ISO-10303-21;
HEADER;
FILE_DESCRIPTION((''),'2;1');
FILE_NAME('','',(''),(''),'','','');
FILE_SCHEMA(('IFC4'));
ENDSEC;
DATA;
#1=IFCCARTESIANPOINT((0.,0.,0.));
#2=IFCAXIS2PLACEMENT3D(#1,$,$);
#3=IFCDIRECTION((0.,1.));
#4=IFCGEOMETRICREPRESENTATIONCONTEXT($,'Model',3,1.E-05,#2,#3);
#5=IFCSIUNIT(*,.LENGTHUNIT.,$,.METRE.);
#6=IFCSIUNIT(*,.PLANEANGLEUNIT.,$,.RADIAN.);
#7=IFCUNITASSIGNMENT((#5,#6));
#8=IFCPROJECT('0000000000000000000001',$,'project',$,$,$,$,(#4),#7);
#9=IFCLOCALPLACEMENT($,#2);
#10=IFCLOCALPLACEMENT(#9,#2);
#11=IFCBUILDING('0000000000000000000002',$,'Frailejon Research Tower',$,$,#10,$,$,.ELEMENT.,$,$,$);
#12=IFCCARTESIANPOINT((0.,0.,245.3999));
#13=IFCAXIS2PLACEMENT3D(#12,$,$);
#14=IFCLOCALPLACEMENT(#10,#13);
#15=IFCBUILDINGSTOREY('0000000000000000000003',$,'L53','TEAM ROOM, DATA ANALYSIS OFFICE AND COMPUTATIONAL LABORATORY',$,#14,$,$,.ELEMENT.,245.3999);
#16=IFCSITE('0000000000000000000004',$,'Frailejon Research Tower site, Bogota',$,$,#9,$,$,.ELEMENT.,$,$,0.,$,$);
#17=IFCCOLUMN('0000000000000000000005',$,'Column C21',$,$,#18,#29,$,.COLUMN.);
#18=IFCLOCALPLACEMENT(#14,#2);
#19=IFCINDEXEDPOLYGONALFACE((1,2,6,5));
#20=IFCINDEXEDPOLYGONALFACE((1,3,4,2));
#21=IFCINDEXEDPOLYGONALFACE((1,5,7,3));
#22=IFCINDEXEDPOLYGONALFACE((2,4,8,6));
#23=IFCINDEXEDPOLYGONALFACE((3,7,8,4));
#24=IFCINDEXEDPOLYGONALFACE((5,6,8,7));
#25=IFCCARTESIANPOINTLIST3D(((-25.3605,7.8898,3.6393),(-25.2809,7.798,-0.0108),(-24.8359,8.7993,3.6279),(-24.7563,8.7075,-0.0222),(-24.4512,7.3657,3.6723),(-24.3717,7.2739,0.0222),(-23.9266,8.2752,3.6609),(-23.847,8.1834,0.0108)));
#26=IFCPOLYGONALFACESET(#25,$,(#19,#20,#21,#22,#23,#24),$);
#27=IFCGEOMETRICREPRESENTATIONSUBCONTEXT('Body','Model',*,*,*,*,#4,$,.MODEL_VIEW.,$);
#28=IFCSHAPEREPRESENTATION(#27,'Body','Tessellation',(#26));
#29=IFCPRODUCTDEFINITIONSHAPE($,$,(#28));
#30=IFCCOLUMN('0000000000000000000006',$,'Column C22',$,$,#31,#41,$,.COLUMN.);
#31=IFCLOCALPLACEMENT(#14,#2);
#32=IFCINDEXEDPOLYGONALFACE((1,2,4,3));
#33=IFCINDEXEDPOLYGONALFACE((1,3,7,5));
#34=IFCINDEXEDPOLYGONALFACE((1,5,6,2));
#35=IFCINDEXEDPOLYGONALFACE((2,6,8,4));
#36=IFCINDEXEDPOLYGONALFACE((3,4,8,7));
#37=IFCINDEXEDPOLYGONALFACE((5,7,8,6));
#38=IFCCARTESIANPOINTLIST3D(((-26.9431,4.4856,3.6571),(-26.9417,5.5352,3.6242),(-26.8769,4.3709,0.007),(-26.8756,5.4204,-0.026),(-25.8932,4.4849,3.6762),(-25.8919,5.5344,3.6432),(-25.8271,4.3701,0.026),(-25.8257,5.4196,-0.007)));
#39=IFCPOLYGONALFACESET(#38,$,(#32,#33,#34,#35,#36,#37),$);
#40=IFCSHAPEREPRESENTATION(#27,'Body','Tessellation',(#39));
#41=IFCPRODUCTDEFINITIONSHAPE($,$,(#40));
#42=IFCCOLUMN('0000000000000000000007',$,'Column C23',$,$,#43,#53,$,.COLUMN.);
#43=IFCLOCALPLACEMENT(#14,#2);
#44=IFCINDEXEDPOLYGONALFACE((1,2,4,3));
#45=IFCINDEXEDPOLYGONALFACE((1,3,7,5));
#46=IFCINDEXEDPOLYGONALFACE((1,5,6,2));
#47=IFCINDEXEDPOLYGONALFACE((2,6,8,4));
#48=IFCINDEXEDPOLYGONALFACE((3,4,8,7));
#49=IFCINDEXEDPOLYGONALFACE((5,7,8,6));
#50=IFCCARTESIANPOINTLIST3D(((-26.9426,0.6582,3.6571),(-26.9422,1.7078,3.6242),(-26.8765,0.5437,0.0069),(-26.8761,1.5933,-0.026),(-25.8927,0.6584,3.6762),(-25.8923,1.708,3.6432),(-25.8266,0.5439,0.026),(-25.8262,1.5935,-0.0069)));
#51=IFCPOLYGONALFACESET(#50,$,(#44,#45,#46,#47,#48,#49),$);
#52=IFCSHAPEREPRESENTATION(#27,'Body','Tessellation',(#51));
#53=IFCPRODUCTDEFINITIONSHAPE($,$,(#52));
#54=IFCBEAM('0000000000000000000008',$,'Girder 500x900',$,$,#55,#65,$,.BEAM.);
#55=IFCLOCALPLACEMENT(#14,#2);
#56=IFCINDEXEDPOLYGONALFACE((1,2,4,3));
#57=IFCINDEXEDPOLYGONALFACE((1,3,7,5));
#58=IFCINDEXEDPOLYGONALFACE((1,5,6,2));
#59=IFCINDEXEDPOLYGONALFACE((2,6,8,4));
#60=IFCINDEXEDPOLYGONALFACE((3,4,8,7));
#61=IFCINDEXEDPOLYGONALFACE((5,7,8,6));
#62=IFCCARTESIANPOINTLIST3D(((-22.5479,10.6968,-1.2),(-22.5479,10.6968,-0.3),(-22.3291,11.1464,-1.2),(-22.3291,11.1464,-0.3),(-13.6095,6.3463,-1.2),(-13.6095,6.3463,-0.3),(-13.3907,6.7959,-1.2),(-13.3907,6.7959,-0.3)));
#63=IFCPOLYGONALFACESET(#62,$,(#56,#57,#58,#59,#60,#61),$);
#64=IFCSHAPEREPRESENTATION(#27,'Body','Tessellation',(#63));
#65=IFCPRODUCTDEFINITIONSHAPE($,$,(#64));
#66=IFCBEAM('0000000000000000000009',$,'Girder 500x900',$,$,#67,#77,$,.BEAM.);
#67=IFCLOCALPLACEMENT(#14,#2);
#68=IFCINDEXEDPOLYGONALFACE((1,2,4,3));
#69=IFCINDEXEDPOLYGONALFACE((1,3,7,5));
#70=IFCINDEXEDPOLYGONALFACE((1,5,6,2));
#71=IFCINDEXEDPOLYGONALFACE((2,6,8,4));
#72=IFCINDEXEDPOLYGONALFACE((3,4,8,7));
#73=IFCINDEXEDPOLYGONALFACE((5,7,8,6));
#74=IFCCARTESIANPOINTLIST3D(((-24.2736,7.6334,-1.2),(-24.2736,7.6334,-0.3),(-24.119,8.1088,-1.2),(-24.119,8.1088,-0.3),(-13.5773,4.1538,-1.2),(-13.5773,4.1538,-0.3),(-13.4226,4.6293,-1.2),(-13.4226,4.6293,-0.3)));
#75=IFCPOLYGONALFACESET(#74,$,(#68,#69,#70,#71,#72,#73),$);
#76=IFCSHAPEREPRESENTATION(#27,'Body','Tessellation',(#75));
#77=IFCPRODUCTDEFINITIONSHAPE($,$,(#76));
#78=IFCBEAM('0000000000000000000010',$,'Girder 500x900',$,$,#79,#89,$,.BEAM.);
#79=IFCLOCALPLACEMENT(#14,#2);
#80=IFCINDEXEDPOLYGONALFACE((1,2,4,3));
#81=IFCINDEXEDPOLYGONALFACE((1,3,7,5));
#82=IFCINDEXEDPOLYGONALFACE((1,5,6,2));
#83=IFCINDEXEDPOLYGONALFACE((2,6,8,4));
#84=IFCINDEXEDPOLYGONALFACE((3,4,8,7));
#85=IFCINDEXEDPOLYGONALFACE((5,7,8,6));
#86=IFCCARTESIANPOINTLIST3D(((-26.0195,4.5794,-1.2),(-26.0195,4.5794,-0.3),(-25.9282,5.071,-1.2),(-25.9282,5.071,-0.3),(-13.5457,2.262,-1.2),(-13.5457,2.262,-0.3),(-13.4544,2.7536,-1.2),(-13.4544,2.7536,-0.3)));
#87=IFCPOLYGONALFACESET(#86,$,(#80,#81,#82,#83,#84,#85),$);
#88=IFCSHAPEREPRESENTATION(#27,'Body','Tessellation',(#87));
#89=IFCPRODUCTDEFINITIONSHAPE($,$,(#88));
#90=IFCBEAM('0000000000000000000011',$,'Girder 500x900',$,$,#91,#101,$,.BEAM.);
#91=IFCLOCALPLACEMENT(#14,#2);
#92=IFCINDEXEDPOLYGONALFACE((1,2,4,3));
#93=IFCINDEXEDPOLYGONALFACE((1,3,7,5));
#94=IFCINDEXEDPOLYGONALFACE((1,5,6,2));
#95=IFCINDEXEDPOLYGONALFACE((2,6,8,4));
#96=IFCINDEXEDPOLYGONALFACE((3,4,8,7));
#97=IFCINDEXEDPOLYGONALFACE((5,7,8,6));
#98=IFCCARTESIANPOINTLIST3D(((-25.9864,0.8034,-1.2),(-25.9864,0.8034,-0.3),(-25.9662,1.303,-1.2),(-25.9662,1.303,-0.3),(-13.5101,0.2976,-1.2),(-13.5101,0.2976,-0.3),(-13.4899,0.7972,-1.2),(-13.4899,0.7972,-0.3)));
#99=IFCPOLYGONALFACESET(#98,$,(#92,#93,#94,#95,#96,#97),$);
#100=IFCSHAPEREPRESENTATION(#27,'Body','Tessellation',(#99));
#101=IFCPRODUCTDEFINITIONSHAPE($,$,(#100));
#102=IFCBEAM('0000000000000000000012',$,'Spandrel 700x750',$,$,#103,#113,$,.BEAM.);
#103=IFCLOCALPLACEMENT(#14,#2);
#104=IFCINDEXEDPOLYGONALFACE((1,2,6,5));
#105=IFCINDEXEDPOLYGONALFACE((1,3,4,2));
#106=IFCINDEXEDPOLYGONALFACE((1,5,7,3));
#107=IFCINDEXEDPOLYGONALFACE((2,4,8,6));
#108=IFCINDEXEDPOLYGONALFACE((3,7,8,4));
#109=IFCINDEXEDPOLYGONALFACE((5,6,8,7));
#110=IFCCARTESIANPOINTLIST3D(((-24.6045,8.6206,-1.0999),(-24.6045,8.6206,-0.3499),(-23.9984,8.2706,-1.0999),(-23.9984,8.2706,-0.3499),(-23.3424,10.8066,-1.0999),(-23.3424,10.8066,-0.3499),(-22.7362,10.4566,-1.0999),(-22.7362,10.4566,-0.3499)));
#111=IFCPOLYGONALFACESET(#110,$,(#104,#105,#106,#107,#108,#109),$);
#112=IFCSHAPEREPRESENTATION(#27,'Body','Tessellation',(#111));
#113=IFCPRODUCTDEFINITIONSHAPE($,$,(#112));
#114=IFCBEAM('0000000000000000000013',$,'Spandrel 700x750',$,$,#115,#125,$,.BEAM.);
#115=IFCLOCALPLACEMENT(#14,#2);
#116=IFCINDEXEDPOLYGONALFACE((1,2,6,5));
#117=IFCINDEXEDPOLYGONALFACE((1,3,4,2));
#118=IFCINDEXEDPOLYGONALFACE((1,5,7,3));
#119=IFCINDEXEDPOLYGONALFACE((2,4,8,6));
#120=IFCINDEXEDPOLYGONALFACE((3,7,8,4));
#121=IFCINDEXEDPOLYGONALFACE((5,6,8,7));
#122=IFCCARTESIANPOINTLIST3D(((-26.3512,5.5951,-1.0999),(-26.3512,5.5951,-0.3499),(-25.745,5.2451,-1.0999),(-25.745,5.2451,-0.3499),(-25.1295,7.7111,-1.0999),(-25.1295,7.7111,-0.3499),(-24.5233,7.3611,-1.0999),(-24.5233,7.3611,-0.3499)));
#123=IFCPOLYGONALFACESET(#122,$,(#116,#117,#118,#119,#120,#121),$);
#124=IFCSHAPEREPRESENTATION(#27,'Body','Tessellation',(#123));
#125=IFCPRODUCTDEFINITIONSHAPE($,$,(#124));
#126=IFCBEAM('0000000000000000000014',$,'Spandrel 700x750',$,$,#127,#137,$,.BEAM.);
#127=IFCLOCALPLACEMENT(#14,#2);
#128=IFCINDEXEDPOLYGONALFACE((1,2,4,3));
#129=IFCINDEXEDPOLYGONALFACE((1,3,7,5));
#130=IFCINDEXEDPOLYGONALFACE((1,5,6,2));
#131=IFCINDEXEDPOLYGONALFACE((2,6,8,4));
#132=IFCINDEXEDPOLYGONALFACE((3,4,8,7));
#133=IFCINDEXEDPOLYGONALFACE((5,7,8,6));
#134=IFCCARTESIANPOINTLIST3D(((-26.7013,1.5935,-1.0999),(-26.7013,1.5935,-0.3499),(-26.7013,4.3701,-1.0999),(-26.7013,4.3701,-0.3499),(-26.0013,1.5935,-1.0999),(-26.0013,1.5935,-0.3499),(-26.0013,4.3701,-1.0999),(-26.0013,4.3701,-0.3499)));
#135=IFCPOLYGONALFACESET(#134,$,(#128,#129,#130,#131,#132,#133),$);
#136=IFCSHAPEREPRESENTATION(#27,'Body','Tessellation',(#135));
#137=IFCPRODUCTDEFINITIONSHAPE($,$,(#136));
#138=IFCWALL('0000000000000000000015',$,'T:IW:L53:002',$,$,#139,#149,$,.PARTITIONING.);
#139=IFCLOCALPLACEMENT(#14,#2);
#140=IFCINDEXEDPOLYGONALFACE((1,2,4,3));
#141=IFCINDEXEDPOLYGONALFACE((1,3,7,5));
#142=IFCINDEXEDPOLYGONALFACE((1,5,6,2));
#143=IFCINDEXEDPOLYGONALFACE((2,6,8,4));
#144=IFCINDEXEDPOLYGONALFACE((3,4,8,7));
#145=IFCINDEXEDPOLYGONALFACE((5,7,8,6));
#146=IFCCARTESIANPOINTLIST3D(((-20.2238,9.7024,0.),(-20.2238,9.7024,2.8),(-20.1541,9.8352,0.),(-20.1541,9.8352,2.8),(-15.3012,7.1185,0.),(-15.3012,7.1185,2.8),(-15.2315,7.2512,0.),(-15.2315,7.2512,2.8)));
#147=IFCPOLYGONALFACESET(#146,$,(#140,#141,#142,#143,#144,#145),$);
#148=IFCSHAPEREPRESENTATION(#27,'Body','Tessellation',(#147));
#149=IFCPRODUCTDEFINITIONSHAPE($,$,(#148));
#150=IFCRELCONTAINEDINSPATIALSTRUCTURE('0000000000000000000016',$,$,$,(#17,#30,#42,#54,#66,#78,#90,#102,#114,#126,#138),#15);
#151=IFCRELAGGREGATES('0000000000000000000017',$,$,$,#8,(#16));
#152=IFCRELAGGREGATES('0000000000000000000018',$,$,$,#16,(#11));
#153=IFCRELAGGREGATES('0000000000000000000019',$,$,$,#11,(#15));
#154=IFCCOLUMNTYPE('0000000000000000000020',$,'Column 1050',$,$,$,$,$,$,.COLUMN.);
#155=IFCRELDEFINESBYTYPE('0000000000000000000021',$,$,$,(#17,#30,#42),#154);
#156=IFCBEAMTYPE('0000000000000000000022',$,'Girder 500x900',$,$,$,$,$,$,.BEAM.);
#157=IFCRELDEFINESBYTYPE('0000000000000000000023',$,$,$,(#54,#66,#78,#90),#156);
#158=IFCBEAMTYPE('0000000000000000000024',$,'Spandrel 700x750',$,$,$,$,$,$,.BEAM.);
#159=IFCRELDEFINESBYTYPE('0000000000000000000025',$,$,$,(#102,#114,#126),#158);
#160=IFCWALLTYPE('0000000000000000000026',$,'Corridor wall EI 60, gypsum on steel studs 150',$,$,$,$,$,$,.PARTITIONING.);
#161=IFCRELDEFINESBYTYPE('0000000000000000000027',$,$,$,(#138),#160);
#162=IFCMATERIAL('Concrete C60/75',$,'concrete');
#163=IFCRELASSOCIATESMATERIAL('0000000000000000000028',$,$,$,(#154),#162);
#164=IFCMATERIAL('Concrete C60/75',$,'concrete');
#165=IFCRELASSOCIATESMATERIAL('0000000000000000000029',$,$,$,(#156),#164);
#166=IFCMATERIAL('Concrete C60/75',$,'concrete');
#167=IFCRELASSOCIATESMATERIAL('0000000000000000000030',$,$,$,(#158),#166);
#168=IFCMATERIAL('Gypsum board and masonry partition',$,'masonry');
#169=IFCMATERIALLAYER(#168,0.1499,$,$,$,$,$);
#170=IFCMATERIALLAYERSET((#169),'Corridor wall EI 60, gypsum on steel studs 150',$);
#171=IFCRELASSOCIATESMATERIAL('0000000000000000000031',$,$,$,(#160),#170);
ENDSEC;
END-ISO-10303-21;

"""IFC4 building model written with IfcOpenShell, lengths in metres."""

from ifc_helpers import new_model, si_unit, direction, frame, frame_2d, origin, origin_2d, place, context, subcontext, project, spatial, rectangle, extrude, material, layer, layer_set, material_profile, profile_set, type_object, element, save


model = new_model("IFC4")

# Units and contexts
model_context = context("Model", 3, precision=1e-05, world=origin(), true_north=direction((0.0, 1.0)))
body_context = subcontext(model_context, "Body", "Model", "MODEL_VIEW")
ifc_project = project(units=[si_unit("LENGTHUNIT", "METRE"), si_unit("PLANEANGLEUNIT", "RADIAN")], contexts=[model_context])

# Site, building, storey
site_placement = place(None, origin())
site = spatial("IfcSite", under=ifc_project, at=site_placement, Name="Frailejon Research Tower site, Bogota", CompositionType="ELEMENT", RefElevation=0.0)
building_placement = place(site_placement, origin())
building = spatial("IfcBuilding", under=site, at=building_placement, Name="Frailejon Research Tower", CompositionType="ELEMENT")
storey_placement = place(building_placement, frame((0.0, 0.0, 245.3999)))
storey = spatial("IfcBuildingStorey", under=building, at=storey_placement, Name="L53", Description="TEAM ROOM, DATA ANALYSIS OFFICE AND COMPUTATIONAL LABORATORY", CompositionType="ELEMENT", Elevation=245.3999)

# Columns
ifc_material_1 = material(Name="Concrete C60/75", Category="concrete")
ifc_material_profile_1 = material_profile(ifc_material_1, rectangle(XDim=1.05, YDim=1.05, at=origin_2d()), Name="Column 1050")
ifc_profile_set_1 = profile_set([ifc_material_profile_1], Name="Concrete C60/75")
column_type = type_object("IfcColumnType", Name="Column 1050", PredefinedType="COLUMN", material=ifc_profile_set_1)
column_placement = place(storey_placement, frame((-24.564, 7.9907, 0.0), z_axis=(-0.021792, 0.025135, 0.999447), x_axis=(-0.499665, -0.86615, 0.010888)))
element("IfcColumn", 1, at=column_placement, inside=storey, type_object=column_type, Name="Column C21", PredefinedType="COLUMN", context=body_context, shape_type="SweptSolid", body=[
    extrude(rectangle(XDim=1.05, YDim=1.05, at=origin_2d()), origin(), (0.0, 0.0, 1.0), 3.6521),
])
for number, where, z_axis, x_axis, name in (
    (2, (-26.3513, 4.8953, 0.0), (-0.018114, 0.031415, 0.999342), (-0.001297, -0.999506, 0.031397), "Column C22"),
    (3, (-26.3513, 1.0686, 0.0), (-0.018114, 0.031349, 0.999344), (-0.000375, -0.999508, 0.031347), "Column C23"),
):
    element("IfcColumn", number, at=place(storey_placement, frame(where, z_axis=z_axis, x_axis=x_axis)), inside=storey, type_object=column_type, Name=name, PredefinedType="COLUMN", context=body_context, shape_type="SweptSolid", body=[
        extrude(rectangle(XDim=1.05, YDim=1.05, at=origin_2d()), origin(), (0.0, 0.0, 1.0), 3.6526),
    ])

# Beams
ifc_material_2 = material(Name="Concrete C60/75", Category="concrete")
ifc_material_profile_2 = material_profile(ifc_material_2, rectangle(XDim=0.5, YDim=0.8999, at=origin_2d()), Name="Girder 500x900")
ifc_profile_set_2 = profile_set([ifc_material_profile_2], Name="Concrete C60/75")
beam_type_1 = type_object("IfcBeamType", Name="Girder 500x900", PredefinedType="BEAM", material=ifc_profile_set_2)
beam_1_placement = place(storey_placement, frame((-22.4385, 10.9216, -0.75), z_axis=(0.89915, -0.43764, 0.0), x_axis=(0.43764, 0.89915, 0.0)))
element("IfcBeam", 4, at=beam_1_placement, inside=storey, type_object=beam_type_1, Name="Girder 500x900", PredefinedType="BEAM", context=body_context, shape_type="SweptSolid", body=[
    extrude(rectangle(XDim=0.5, YDim=0.8999, at=origin_2d()), origin(), (0.0, 0.0, 1.0), 9.9409),
])
beam_2_placement = place(storey_placement, frame((-24.1963, 7.8711, -0.75), z_axis=(0.95095, -0.309343, 0.0), x_axis=(0.309343, 0.95095, 0.0)))
element("IfcBeam", 5, at=beam_2_placement, inside=storey, type_object=beam_type_1, Name="Girder 500x900", PredefinedType="BEAM", context=body_context, shape_type="SweptSolid", body=[
    extrude(rectangle(XDim=0.5, YDim=0.8999, at=origin_2d()), origin(), (0.0, 0.0, 1.0), 11.248),
])
beam_3_placement = place(storey_placement, frame((-25.9739, 4.8252, -0.75), z_axis=(0.983177, -0.182654, 0.0), x_axis=(0.182654, 0.983177, 0.0)))
element("IfcBeam", 6, at=beam_3_placement, inside=storey, type_object=beam_type_1, Name="Girder 500x900", PredefinedType="BEAM", context=body_context, shape_type="SweptSolid", body=[
    extrude(rectangle(XDim=0.5, YDim=0.8999, at=origin_2d()), origin(), (0.0, 0.0, 1.0), 12.6873),
])
beam_4_placement = place(storey_placement, frame((-25.9763, 1.0532, -0.75), z_axis=(0.999179, -0.040512, 0.0), x_axis=(0.040512, 0.999179, 0.0)))
element("IfcBeam", 7, at=beam_4_placement, inside=storey, type_object=beam_type_1, Name="Girder 500x900", PredefinedType="BEAM", context=body_context, shape_type="SweptSolid", body=[
    extrude(rectangle(XDim=0.5, YDim=0.8999, at=origin_2d()), origin(), (0.0, 0.0, 1.0), 12.4866),
])
ifc_material_3 = material(Name="Concrete C60/75", Category="concrete")
ifc_material_profile_3 = material_profile(ifc_material_3, rectangle(XDim=0.7, YDim=0.75, at=origin_2d()), Name="Spandrel 700x750")
ifc_profile_set_3 = profile_set([ifc_material_profile_3], Name="Concrete C60/75")
beam_type_2 = type_object("IfcBeamType", Name="Spandrel 700x750", PredefinedType="BEAM", material=ifc_profile_set_3)
beam_5_placement = place(storey_placement, frame((-23.0393, 10.6316, -0.7249), z_axis=(-0.500029, -0.866008, 0.0), x_axis=(0.866008, -0.500029, 0.0)))
element("IfcBeam", 8, at=beam_5_placement, inside=storey, type_object=beam_type_2, Name="Spandrel 700x750", PredefinedType="BEAM", context=body_context, shape_type="SweptSolid", body=[
    extrude(rectangle(XDim=0.7, YDim=0.75, at=origin_2d()), origin(), (0.0, 0.0, 1.0), 2.5242),
])
beam_6_placement = place(storey_placement, frame((-24.8264, 7.5361, -0.7249), z_axis=(-0.500008, -0.866021, 0.0), x_axis=(0.866021, -0.500008, 0.0)))
element("IfcBeam", 9, at=beam_6_placement, inside=storey, type_object=beam_type_2, Name="Spandrel 700x750", PredefinedType="BEAM", context=body_context, shape_type="SweptSolid", body=[
    extrude(rectangle(XDim=0.7, YDim=0.75, at=origin_2d()), origin(), (0.0, 0.0, 1.0), 2.4434),
])
beam_7_placement = place(storey_placement, frame((-26.3513, 4.3701, -0.7249), z_axis=(0.0, -1.0, 0.0), x_axis=(1.0, 0.0, 0.0)))
element("IfcBeam", 10, at=beam_7_placement, inside=storey, type_object=beam_type_2, Name="Spandrel 700x750", PredefinedType="BEAM", context=body_context, shape_type="SweptSolid", body=[
    extrude(rectangle(XDim=0.7, YDim=0.75, at=origin_2d()), origin(), (0.0, 0.0, 1.0), 2.7766),
])

# Wall
ifc_material_4 = material(Name="Gypsum board and masonry partition", Category="masonry")
ifc_layer_1 = layer(ifc_material_4, 0.1499)
ifc_layer_set_1 = layer_set([ifc_layer_1], Name="Corridor wall EI 60, gypsum on steel studs 150")
wall_type_1 = type_object("IfcWallType", Name="Corridor wall EI 60, gypsum on steel studs 150", PredefinedType="PARTITIONING", material=ifc_layer_set_1)
wall_1_placement = place(storey_placement, frame((-20.189, 9.7688, 0.0), z_axis=(0.0, 0.0, 1.0), x_axis=(0.885426, -0.46478, 0.0)))
element("IfcWall", 11, at=wall_1_placement, inside=storey, type_object=wall_type_1, Name="T:IW:L53:002", PredefinedType="PARTITIONING", context=body_context, shape_type="SweptSolid", body=[
    extrude(rectangle(XDim=5.5596, YDim=0.1499, at=frame_2d((2.7798, 0.0))), origin(), (0.0, 0.0, 1.0), 2.8),
])

save(model, "model.ifc")
